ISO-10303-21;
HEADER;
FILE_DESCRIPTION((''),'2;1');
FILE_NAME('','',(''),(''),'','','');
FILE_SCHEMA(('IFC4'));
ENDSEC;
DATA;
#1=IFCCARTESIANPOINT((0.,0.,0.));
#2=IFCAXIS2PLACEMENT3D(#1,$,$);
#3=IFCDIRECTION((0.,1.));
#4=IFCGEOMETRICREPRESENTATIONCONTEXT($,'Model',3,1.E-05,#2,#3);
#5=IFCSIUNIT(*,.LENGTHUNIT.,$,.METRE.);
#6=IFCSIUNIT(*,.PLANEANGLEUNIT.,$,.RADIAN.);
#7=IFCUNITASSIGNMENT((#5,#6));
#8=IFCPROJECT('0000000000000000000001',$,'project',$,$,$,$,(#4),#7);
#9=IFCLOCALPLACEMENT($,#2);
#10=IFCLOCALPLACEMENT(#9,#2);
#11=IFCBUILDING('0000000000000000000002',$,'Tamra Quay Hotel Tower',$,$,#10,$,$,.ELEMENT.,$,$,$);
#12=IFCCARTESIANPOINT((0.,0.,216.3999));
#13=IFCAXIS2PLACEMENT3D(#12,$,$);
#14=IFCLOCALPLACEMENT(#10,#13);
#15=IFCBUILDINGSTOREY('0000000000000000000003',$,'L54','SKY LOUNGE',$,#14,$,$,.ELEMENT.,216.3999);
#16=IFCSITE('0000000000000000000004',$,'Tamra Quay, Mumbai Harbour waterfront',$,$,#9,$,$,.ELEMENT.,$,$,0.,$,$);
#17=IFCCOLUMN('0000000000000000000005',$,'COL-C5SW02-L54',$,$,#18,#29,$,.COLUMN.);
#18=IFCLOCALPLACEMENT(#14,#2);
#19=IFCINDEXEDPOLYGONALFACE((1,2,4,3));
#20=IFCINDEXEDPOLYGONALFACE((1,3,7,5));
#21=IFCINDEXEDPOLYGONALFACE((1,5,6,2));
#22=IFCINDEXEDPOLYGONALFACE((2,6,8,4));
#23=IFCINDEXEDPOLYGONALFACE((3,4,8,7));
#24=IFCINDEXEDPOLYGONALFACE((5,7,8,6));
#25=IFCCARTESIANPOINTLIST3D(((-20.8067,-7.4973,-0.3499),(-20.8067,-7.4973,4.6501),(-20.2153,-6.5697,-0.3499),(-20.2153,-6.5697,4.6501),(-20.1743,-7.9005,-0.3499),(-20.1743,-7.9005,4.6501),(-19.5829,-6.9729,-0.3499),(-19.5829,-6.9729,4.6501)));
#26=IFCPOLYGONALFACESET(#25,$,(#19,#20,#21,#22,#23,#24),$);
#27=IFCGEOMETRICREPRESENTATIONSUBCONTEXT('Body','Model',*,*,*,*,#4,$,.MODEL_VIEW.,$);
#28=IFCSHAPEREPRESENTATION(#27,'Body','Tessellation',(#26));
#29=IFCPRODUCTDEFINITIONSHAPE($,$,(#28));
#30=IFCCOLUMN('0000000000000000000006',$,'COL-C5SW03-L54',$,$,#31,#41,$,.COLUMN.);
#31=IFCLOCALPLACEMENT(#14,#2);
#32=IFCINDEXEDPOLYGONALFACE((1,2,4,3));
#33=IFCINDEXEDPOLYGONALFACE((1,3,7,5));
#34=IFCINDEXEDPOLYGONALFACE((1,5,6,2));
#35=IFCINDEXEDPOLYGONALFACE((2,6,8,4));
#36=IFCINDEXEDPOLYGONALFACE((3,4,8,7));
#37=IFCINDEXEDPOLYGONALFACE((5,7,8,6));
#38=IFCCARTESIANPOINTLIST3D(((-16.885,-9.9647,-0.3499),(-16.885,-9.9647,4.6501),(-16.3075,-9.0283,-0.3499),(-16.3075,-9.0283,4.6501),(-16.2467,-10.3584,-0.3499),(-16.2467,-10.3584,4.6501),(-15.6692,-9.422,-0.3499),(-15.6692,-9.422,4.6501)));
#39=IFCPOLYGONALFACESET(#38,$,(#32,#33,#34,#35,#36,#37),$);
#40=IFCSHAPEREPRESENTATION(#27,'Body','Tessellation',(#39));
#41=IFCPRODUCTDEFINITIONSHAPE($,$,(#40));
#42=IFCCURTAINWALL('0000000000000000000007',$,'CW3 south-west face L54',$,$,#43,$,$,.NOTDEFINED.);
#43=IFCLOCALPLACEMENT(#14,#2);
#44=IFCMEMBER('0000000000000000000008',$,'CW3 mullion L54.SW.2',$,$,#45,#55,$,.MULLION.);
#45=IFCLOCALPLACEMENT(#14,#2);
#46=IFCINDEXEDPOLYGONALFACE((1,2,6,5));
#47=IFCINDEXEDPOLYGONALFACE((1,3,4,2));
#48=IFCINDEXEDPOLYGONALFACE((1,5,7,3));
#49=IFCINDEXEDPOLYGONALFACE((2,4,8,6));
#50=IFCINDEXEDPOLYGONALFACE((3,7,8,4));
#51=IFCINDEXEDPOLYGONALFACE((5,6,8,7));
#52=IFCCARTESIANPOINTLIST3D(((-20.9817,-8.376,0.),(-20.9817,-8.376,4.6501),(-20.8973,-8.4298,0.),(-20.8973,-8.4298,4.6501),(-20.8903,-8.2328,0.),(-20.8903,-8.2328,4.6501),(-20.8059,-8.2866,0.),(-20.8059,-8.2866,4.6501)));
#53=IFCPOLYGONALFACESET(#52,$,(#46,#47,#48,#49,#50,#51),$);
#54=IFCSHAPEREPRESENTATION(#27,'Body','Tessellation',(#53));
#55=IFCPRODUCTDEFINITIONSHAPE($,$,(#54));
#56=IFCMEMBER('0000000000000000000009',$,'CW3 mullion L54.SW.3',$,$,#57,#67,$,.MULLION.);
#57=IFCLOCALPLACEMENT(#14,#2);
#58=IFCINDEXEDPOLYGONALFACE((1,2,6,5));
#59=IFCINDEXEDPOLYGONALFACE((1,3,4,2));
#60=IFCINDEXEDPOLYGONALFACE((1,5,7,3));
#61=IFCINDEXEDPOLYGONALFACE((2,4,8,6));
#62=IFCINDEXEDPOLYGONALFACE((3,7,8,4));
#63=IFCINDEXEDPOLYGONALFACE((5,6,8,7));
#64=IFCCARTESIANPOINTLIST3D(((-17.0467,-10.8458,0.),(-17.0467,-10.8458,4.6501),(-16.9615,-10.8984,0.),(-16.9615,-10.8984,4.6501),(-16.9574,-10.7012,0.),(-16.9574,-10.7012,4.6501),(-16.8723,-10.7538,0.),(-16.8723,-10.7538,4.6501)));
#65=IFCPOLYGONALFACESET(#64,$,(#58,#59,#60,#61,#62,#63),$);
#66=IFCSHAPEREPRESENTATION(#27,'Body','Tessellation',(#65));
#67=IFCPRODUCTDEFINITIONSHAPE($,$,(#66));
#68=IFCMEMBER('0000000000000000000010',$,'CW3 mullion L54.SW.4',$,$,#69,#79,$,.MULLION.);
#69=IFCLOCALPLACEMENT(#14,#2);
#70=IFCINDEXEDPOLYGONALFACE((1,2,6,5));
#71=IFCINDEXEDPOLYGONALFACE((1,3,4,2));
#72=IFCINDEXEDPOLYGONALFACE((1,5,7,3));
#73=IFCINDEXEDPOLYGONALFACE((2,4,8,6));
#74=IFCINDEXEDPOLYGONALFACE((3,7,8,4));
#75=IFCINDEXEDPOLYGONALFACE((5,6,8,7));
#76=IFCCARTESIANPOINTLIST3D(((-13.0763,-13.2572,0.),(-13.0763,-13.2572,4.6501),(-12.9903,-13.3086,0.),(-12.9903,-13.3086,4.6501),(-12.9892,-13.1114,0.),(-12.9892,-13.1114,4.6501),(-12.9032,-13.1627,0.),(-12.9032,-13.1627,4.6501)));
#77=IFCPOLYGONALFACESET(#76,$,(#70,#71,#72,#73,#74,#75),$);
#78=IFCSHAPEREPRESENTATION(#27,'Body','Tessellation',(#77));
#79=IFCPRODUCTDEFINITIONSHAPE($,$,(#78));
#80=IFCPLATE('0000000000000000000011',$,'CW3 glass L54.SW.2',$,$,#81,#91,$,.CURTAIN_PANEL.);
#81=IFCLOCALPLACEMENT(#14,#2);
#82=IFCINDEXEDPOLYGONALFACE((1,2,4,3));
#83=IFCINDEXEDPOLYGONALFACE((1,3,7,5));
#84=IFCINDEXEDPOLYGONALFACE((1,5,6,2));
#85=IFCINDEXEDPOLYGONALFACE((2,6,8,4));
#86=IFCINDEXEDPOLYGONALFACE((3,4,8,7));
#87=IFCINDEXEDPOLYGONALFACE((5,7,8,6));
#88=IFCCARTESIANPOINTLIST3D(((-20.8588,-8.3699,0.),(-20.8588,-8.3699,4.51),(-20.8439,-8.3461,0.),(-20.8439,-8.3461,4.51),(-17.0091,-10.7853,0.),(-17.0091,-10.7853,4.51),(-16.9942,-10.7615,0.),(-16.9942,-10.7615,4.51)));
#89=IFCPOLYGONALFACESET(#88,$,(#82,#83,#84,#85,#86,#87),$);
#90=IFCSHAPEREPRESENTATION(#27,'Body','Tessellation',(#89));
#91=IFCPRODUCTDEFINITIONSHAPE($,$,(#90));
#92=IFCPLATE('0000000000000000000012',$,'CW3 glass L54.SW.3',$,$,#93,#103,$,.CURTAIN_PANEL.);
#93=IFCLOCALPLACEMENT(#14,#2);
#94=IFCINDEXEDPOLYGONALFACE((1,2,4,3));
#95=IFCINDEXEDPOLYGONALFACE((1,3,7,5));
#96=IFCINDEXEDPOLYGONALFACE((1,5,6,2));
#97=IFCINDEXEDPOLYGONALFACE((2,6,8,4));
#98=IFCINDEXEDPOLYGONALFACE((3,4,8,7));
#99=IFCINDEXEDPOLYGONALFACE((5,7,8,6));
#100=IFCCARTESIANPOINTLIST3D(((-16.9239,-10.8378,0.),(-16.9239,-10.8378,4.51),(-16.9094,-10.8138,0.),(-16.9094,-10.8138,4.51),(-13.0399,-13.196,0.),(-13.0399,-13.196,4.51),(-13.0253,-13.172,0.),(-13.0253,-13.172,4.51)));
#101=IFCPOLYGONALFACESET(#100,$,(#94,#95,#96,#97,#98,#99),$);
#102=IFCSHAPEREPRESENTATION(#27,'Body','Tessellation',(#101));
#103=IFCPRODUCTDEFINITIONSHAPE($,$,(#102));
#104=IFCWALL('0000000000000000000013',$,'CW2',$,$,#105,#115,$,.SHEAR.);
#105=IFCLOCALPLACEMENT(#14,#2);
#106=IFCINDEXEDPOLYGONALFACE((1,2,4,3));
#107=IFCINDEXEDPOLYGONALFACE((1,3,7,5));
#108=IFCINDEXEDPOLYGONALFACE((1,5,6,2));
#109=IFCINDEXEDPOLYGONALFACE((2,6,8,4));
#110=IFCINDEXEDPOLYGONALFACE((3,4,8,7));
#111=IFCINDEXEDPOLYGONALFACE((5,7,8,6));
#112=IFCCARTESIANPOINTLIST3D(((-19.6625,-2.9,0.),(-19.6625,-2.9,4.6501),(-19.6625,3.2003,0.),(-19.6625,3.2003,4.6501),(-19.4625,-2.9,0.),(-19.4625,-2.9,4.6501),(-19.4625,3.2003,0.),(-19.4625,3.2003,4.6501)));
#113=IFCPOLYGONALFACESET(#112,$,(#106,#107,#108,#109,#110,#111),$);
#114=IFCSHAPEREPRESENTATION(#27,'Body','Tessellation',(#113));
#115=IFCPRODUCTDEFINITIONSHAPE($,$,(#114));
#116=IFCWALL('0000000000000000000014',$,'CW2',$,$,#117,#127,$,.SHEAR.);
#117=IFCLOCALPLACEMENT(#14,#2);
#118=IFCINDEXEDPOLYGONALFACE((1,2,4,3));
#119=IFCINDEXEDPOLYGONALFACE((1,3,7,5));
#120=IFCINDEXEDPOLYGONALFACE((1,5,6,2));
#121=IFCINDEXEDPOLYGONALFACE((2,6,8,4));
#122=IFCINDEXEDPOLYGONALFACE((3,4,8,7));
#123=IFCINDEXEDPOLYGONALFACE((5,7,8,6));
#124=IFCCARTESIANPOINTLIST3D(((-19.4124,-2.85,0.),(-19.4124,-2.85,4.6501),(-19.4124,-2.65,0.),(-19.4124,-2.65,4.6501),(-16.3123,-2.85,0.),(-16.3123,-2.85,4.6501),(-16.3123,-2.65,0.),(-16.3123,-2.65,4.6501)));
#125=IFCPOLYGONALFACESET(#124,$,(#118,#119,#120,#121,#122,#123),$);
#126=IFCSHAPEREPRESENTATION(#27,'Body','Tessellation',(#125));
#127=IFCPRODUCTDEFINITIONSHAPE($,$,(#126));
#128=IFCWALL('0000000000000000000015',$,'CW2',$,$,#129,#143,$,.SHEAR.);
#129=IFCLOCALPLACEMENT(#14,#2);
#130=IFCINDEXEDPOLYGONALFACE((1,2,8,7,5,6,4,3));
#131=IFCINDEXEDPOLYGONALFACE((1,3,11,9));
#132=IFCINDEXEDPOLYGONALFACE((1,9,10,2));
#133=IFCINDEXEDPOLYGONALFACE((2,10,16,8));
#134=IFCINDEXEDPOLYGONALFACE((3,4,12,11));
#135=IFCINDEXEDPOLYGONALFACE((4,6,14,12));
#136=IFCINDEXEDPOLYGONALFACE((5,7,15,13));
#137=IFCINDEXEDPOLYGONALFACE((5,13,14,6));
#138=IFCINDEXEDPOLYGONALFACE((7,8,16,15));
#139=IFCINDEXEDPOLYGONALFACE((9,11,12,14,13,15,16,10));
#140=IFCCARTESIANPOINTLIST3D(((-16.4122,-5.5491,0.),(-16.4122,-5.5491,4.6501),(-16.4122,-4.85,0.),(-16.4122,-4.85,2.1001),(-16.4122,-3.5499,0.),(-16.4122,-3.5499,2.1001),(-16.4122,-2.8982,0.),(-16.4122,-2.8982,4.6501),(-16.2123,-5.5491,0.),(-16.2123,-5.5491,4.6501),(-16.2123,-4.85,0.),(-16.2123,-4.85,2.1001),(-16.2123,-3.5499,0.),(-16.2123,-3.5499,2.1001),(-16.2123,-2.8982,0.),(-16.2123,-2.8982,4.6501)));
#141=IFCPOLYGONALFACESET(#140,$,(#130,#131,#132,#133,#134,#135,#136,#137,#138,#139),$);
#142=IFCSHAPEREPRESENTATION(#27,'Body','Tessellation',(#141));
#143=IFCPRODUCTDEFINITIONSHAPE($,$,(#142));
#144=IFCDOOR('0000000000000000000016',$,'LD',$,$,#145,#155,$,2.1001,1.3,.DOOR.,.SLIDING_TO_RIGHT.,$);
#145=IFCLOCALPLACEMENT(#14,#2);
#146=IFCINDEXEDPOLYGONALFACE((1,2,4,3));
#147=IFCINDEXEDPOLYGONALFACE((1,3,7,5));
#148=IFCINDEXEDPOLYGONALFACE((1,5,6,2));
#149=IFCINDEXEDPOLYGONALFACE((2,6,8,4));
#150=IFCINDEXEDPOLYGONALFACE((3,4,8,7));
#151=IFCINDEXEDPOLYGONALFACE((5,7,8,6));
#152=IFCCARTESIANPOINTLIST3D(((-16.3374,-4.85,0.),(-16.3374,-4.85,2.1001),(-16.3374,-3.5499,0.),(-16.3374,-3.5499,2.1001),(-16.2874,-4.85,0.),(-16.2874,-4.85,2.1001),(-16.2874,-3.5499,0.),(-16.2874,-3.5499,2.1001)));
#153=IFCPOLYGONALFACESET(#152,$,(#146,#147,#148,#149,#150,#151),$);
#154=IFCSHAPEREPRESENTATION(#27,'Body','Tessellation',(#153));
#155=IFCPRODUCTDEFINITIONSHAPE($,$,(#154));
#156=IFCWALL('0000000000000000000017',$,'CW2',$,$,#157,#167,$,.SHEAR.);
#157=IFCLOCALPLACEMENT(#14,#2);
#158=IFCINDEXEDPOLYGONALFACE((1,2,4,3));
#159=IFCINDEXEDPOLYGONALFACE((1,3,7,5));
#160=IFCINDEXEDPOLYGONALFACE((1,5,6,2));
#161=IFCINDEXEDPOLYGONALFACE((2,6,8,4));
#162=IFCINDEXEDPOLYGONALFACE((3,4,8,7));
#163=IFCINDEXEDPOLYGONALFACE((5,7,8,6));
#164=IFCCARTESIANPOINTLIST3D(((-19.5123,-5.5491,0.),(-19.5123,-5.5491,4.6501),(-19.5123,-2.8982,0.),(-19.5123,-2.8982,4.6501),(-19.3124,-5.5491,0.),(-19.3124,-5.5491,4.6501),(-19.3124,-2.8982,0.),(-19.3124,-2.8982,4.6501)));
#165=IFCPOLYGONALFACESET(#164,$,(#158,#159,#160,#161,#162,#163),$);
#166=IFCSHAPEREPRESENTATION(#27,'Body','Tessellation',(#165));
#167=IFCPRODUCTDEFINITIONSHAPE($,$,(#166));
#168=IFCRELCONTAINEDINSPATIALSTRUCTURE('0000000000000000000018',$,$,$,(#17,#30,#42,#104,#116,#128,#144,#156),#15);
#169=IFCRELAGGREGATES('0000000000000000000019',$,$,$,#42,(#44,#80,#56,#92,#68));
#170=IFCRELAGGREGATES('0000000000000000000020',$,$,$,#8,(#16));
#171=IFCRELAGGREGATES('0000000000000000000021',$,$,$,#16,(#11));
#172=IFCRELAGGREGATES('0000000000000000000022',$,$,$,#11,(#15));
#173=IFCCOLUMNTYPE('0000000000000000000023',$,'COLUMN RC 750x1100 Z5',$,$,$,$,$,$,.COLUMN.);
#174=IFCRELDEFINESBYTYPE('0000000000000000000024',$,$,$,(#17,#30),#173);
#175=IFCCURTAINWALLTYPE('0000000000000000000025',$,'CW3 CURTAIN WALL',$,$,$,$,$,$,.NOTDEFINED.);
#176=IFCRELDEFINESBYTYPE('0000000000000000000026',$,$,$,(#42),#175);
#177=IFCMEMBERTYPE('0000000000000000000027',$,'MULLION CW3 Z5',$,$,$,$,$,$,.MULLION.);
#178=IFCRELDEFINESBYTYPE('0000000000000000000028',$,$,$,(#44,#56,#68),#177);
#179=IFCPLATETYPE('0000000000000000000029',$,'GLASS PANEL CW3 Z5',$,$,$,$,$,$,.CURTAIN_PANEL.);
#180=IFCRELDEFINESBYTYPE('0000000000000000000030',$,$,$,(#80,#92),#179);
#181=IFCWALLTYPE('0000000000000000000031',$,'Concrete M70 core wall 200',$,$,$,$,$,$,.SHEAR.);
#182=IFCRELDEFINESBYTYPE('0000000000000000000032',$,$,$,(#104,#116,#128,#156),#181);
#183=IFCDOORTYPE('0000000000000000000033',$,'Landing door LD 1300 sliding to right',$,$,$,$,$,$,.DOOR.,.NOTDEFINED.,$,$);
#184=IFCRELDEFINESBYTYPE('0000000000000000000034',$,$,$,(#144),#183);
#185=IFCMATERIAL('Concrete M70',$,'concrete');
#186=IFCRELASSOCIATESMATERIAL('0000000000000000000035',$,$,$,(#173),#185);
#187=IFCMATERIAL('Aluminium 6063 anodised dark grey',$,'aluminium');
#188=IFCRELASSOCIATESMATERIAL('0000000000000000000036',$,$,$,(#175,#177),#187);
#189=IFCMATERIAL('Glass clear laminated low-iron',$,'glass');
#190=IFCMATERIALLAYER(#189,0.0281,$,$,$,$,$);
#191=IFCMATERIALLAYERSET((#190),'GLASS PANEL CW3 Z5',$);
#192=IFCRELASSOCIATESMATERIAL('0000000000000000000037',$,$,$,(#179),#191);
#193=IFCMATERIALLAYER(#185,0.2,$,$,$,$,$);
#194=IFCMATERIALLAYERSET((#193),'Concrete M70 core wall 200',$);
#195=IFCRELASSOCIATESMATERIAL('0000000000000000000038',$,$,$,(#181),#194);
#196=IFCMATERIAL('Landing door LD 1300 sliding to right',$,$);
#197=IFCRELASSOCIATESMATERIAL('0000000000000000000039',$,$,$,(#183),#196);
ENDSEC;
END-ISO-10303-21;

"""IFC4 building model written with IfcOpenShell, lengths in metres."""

from ifc_helpers import new_model, si_unit, direction, frame, frame_2d, origin, origin_2d, place, context, subcontext, project, spatial, rectangle, extrude, material, layer, layer_set, material_profile, profile_set, type_object, element, fill, aggregate, save


model = new_model("IFC4")

# Units and contexts
model_context = context("Model", 3, precision=1e-05, world=origin(), true_north=direction((0.0, 1.0)))
body_context = subcontext(model_context, "Body", "Model", "MODEL_VIEW")
ifc_project = project(units=[si_unit("LENGTHUNIT", "METRE"), si_unit("PLANEANGLEUNIT", "RADIAN")], contexts=[model_context])

# Site, building, storey
site_placement = place(None, origin())
site = spatial("IfcSite", under=ifc_project, at=site_placement, Name="Tamra Quay, Mumbai Harbour waterfront", CompositionType="ELEMENT", RefElevation=0.0)
building_placement = place(site_placement, origin())
building = spatial("IfcBuilding", under=site, at=building_placement, Name="Tamra Quay Hotel Tower", CompositionType="ELEMENT")
storey_placement = place(building_placement, frame((0.0, 0.0, 216.3999)))
storey = spatial("IfcBuildingStorey", under=building, at=storey_placement, Name="L54", Description="SKY LOUNGE", CompositionType="ELEMENT", Elevation=216.3999)

# Columns
ifc_material_1 = material(Name="Concrete M70", Category="concrete")
ifc_material_profile_1 = material_profile(ifc_material_1, rectangle(XDim=1.1001, YDim=0.75, at=origin_2d()), Name="COLUMN RC 750x1100 Z5")
ifc_profile_set_1 = profile_set([ifc_material_profile_1], Name="Concrete M70")
column_type = type_object("IfcColumnType", Name="COLUMN RC 750x1100 Z5", PredefinedType="COLUMN", material=ifc_profile_set_1)
for number, where, z_axis, x_axis, name in (
    (1, (-20.1948, -7.2351, -0.3499), (0.0, 0.0, 1.0), (0.537585, 0.843209, 0.0), "COL-C5SW02-L54"),
    (2, (-16.2771, -9.6934, -0.3499), (0.0, 0.0, 1.0), (0.524928, 0.851147, 0.0), "COL-C5SW03-L54"),
):
    element("IfcColumn", number, at=place(storey_placement, frame(where, z_axis=z_axis, x_axis=x_axis)), inside=storey, type_object=column_type, Name=name, PredefinedType="COLUMN", context=body_context, shape_type="SweptSolid", body=[
        extrude(rectangle(XDim=1.1001, YDim=0.75, at=origin_2d()), origin(), (0.0, 0.0, 1.0), 5.0),
    ])

# Curtain wall, members, plates
ifc_material_2 = material(Name="Aluminium 6063 anodised dark grey", Category="aluminium")
curtain_wall_type = type_object("IfcCurtainWallType", Name="CW3 CURTAIN WALL", PredefinedType="NOTDEFINED", material=ifc_material_2)
curtain_wall_placement = place(storey_placement, origin())
curtain_wall = element("IfcCurtainWall", 3, at=curtain_wall_placement, inside=storey, type_object=curtain_wall_type, Name="CW3 south-west face L54", PredefinedType="NOTDEFINED")
ifc_material_profile_2 = material_profile(ifc_material_2, rectangle(XDim=0.1699, YDim=0.1001, at=origin_2d()), Name="MULLION 100X170")
ifc_profile_set_2 = profile_set([ifc_material_profile_2], Name="Aluminium 6063 anodised dark grey")
member_type = type_object("IfcMemberType", Name="MULLION CW3 Z5", PredefinedType="MULLION", material=ifc_profile_set_2)
member_1_placement = place(storey_placement, frame((-20.8938, -8.3313, 0.0), z_axis=(0.0, 0.0, 1.0), x_axis=(-0.537685, -0.843146, 0.0)))
member_1 = element("IfcMember", 4, at=member_1_placement, type_object=member_type, Name="CW3 mullion L54.SW.2", PredefinedType="MULLION", context=body_context, shape_type="SweptSolid", body=[
    extrude(rectangle(XDim=0.1699, YDim=0.1001, at=origin_2d()), origin(), (0.0, 0.0, 1.0), 4.6501),
])
member_2_placement = place(storey_placement, frame((-16.9595, -10.7998, 0.0), z_axis=(0.0, 0.0, 1.0), x_axis=(-0.525249, -0.850949, 0.0)))
member_2 = element("IfcMember", 5, at=member_2_placement, type_object=member_type, Name="CW3 mullion L54.SW.3", PredefinedType="MULLION", context=body_context, shape_type="SweptSolid", body=[
    extrude(rectangle(XDim=0.1699, YDim=0.1001, at=origin_2d()), origin(), (0.0, 0.0, 1.0), 4.6501),
])
member_3_placement = place(storey_placement, frame((-12.9897, -13.21, 0.0), z_axis=(0.0, 0.0, 1.0), x_axis=(-0.512687, -0.858575, 0.0)))
member_3 = element("IfcMember", 6, at=member_3_placement, type_object=member_type, Name="CW3 mullion L54.SW.4", PredefinedType="MULLION", context=body_context, shape_type="SweptSolid", body=[
    extrude(rectangle(XDim=0.1699, YDim=0.1001, at=origin_2d()), origin(), (0.0, 0.0, 1.0), 4.6501),
])
ifc_material_3 = material(Name="Glass clear laminated low-iron", Category="glass")
ifc_layer_1 = layer(ifc_material_3, 0.0281)
ifc_layer_set_1 = layer_set([ifc_layer_1], Name="GLASS PANEL CW3 Z5")
plate_type = type_object("IfcPlateType", Name="GLASS PANEL CW3 Z5", PredefinedType="CURTAIN_PANEL", material=ifc_layer_set_1)
plate_1_placement = place(storey_placement, frame((-18.9265, -9.5657, 0.0), z_axis=(0.0, 0.0, 1.0), x_axis=(0.847068, -0.531484, 0.0)))
plate_1 = element("IfcPlate", 7, at=plate_1_placement, type_object=plate_type, Name="CW3 glass L54.SW.2", PredefinedType="CURTAIN_PANEL", context=body_context, shape_type="SweptSolid", body=[
    extrude(rectangle(XDim=4.5447, YDim=0.0281, at=origin_2d()), origin(), (0.0, 0.0, 1.0), 4.51),
])
plate_2_placement = place(storey_placement, frame((-14.9746, -12.0049, 0.0), z_axis=(0.0, 0.0, 1.0), x_axis=(0.854783, -0.518985, 0.0)))
plate_2 = element("IfcPlate", 8, at=plate_2_placement, type_object=plate_type, Name="CW3 glass L54.SW.3", PredefinedType="CURTAIN_PANEL", context=body_context, shape_type="SweptSolid", body=[
    extrude(rectangle(XDim=4.5439, YDim=0.0281, at=origin_2d()), origin(), (0.0, 0.0, 1.0), 4.51),
])
aggregate(curtain_wall, [member_1, plate_1, member_2, plate_2, member_3])

# Walls
ifc_layer_2 = layer(ifc_material_1, 0.2)
ifc_layer_set_2 = layer_set([ifc_layer_2], Name="Concrete M70 core wall 200")
wall_type_1 = type_object("IfcWallType", Name="Concrete M70 core wall 200", PredefinedType="SHEAR", material=ifc_layer_set_2)
wall_1_placement = place(storey_placement, frame((-19.5625, -2.9001, 0.0), z_axis=(0.0, 0.0, 1.0), x_axis=(0.0, 1.0, 0.0)))
element("IfcWall", 9, at=wall_1_placement, inside=storey, type_object=wall_type_1, Name="CW2", PredefinedType="SHEAR", context=body_context, shape_type="SweptSolid", body=[
    extrude(rectangle(XDim=6.1003, YDim=0.2, at=frame_2d((3.0503, 0.0))), origin(), (0.0, 0.0, 1.0), 4.6501),
])
wall_2_placement = place(storey_placement, frame((-19.4124, -2.75, 0.0), z_axis=(0.0, 0.0, 1.0), x_axis=(1.0, 0.0, 0.0)))
element("IfcWall", 10, at=wall_2_placement, inside=storey, type_object=wall_type_1, Name="CW2", PredefinedType="SHEAR", context=body_context, shape_type="SweptSolid", body=[
    extrude(rectangle(XDim=3.1001, YDim=0.2, at=frame_2d((1.55, 0.0))), origin(), (0.0, 0.0, 1.0), 4.6501),
])

# Wall, opening, door
wall_3_placement = place(storey_placement, frame((-16.3123, -2.8982, 0.0), z_axis=(0.0, 0.0, 1.0), x_axis=(0.0, -1.0, 0.0)))
wall_3 = element("IfcWall", 11, at=wall_3_placement, inside=storey, type_object=wall_type_1, Name="CW2", PredefinedType="SHEAR", context=body_context, shape_type="SweptSolid", body=[
    extrude(rectangle(XDim=2.6509, YDim=0.2, at=frame_2d((1.3254, 0.0))), origin(), (0.0, 0.0, 1.0), 4.6501),
])
opening_1_placement = place(wall_3_placement, frame((0.6519, 0.0, 0.0)))
opening_1 = element("IfcOpeningElement", 12, at=opening_1_placement, cuts=wall_3, PredefinedType="OPENING", context=body_context, shape_type="SweptSolid", body=[
    extrude(rectangle(XDim=1.3, YDim=2.1001, at=frame_2d((0.6499, 1.05))), frame((0.0, 0.1099, 0.0), z_axis=(0.0, -1.0, 0.0), x_axis=(1.0, 0.0, 0.0)), (0.0, 0.0, 1.0), 0.22),
])
ifc_material_4 = material(Name="Landing door LD 1300 sliding to right")
door_type_1 = type_object("IfcDoorType", Name="Landing door LD 1300 sliding to right", OperationType="NOTDEFINED", PredefinedType="DOOR", material=ifc_material_4)
door_1_placement = place(opening_1_placement, origin())
door_1 = element("IfcDoor", 13, at=door_1_placement, inside=storey, type_object=door_type_1, Name="LD", OperationType="SLIDING_TO_RIGHT", OverallHeight=2.1001, OverallWidth=1.3, PredefinedType="DOOR", context=body_context, shape_type="SweptSolid", body=[
    extrude(rectangle(XDim=1.3, YDim=2.1001, at=frame_2d((0.6499, 1.05))), frame((0.0, 0.0249, 0.0), z_axis=(0.0, -1.0, 0.0), x_axis=(1.0, 0.0, 0.0)), (0.0, 0.0, 1.0), 0.05),
])
fill(opening_1, door_1)

# Wall
wall_4_placement = place(storey_placement, frame((-19.4124, -5.5491, 0.0), z_axis=(0.0, 0.0, 1.0), x_axis=(0.0, 1.0, 0.0)))
element("IfcWall", 14, at=wall_4_placement, inside=storey, type_object=wall_type_1, Name="CW2", PredefinedType="SHEAR", context=body_context, shape_type="SweptSolid", body=[
    extrude(rectangle(XDim=2.6509, YDim=0.2, at=frame_2d((1.3254, 0.0))), origin(), (0.0, 0.0, 1.0), 4.6501),
])

save(model, "model.ifc")
